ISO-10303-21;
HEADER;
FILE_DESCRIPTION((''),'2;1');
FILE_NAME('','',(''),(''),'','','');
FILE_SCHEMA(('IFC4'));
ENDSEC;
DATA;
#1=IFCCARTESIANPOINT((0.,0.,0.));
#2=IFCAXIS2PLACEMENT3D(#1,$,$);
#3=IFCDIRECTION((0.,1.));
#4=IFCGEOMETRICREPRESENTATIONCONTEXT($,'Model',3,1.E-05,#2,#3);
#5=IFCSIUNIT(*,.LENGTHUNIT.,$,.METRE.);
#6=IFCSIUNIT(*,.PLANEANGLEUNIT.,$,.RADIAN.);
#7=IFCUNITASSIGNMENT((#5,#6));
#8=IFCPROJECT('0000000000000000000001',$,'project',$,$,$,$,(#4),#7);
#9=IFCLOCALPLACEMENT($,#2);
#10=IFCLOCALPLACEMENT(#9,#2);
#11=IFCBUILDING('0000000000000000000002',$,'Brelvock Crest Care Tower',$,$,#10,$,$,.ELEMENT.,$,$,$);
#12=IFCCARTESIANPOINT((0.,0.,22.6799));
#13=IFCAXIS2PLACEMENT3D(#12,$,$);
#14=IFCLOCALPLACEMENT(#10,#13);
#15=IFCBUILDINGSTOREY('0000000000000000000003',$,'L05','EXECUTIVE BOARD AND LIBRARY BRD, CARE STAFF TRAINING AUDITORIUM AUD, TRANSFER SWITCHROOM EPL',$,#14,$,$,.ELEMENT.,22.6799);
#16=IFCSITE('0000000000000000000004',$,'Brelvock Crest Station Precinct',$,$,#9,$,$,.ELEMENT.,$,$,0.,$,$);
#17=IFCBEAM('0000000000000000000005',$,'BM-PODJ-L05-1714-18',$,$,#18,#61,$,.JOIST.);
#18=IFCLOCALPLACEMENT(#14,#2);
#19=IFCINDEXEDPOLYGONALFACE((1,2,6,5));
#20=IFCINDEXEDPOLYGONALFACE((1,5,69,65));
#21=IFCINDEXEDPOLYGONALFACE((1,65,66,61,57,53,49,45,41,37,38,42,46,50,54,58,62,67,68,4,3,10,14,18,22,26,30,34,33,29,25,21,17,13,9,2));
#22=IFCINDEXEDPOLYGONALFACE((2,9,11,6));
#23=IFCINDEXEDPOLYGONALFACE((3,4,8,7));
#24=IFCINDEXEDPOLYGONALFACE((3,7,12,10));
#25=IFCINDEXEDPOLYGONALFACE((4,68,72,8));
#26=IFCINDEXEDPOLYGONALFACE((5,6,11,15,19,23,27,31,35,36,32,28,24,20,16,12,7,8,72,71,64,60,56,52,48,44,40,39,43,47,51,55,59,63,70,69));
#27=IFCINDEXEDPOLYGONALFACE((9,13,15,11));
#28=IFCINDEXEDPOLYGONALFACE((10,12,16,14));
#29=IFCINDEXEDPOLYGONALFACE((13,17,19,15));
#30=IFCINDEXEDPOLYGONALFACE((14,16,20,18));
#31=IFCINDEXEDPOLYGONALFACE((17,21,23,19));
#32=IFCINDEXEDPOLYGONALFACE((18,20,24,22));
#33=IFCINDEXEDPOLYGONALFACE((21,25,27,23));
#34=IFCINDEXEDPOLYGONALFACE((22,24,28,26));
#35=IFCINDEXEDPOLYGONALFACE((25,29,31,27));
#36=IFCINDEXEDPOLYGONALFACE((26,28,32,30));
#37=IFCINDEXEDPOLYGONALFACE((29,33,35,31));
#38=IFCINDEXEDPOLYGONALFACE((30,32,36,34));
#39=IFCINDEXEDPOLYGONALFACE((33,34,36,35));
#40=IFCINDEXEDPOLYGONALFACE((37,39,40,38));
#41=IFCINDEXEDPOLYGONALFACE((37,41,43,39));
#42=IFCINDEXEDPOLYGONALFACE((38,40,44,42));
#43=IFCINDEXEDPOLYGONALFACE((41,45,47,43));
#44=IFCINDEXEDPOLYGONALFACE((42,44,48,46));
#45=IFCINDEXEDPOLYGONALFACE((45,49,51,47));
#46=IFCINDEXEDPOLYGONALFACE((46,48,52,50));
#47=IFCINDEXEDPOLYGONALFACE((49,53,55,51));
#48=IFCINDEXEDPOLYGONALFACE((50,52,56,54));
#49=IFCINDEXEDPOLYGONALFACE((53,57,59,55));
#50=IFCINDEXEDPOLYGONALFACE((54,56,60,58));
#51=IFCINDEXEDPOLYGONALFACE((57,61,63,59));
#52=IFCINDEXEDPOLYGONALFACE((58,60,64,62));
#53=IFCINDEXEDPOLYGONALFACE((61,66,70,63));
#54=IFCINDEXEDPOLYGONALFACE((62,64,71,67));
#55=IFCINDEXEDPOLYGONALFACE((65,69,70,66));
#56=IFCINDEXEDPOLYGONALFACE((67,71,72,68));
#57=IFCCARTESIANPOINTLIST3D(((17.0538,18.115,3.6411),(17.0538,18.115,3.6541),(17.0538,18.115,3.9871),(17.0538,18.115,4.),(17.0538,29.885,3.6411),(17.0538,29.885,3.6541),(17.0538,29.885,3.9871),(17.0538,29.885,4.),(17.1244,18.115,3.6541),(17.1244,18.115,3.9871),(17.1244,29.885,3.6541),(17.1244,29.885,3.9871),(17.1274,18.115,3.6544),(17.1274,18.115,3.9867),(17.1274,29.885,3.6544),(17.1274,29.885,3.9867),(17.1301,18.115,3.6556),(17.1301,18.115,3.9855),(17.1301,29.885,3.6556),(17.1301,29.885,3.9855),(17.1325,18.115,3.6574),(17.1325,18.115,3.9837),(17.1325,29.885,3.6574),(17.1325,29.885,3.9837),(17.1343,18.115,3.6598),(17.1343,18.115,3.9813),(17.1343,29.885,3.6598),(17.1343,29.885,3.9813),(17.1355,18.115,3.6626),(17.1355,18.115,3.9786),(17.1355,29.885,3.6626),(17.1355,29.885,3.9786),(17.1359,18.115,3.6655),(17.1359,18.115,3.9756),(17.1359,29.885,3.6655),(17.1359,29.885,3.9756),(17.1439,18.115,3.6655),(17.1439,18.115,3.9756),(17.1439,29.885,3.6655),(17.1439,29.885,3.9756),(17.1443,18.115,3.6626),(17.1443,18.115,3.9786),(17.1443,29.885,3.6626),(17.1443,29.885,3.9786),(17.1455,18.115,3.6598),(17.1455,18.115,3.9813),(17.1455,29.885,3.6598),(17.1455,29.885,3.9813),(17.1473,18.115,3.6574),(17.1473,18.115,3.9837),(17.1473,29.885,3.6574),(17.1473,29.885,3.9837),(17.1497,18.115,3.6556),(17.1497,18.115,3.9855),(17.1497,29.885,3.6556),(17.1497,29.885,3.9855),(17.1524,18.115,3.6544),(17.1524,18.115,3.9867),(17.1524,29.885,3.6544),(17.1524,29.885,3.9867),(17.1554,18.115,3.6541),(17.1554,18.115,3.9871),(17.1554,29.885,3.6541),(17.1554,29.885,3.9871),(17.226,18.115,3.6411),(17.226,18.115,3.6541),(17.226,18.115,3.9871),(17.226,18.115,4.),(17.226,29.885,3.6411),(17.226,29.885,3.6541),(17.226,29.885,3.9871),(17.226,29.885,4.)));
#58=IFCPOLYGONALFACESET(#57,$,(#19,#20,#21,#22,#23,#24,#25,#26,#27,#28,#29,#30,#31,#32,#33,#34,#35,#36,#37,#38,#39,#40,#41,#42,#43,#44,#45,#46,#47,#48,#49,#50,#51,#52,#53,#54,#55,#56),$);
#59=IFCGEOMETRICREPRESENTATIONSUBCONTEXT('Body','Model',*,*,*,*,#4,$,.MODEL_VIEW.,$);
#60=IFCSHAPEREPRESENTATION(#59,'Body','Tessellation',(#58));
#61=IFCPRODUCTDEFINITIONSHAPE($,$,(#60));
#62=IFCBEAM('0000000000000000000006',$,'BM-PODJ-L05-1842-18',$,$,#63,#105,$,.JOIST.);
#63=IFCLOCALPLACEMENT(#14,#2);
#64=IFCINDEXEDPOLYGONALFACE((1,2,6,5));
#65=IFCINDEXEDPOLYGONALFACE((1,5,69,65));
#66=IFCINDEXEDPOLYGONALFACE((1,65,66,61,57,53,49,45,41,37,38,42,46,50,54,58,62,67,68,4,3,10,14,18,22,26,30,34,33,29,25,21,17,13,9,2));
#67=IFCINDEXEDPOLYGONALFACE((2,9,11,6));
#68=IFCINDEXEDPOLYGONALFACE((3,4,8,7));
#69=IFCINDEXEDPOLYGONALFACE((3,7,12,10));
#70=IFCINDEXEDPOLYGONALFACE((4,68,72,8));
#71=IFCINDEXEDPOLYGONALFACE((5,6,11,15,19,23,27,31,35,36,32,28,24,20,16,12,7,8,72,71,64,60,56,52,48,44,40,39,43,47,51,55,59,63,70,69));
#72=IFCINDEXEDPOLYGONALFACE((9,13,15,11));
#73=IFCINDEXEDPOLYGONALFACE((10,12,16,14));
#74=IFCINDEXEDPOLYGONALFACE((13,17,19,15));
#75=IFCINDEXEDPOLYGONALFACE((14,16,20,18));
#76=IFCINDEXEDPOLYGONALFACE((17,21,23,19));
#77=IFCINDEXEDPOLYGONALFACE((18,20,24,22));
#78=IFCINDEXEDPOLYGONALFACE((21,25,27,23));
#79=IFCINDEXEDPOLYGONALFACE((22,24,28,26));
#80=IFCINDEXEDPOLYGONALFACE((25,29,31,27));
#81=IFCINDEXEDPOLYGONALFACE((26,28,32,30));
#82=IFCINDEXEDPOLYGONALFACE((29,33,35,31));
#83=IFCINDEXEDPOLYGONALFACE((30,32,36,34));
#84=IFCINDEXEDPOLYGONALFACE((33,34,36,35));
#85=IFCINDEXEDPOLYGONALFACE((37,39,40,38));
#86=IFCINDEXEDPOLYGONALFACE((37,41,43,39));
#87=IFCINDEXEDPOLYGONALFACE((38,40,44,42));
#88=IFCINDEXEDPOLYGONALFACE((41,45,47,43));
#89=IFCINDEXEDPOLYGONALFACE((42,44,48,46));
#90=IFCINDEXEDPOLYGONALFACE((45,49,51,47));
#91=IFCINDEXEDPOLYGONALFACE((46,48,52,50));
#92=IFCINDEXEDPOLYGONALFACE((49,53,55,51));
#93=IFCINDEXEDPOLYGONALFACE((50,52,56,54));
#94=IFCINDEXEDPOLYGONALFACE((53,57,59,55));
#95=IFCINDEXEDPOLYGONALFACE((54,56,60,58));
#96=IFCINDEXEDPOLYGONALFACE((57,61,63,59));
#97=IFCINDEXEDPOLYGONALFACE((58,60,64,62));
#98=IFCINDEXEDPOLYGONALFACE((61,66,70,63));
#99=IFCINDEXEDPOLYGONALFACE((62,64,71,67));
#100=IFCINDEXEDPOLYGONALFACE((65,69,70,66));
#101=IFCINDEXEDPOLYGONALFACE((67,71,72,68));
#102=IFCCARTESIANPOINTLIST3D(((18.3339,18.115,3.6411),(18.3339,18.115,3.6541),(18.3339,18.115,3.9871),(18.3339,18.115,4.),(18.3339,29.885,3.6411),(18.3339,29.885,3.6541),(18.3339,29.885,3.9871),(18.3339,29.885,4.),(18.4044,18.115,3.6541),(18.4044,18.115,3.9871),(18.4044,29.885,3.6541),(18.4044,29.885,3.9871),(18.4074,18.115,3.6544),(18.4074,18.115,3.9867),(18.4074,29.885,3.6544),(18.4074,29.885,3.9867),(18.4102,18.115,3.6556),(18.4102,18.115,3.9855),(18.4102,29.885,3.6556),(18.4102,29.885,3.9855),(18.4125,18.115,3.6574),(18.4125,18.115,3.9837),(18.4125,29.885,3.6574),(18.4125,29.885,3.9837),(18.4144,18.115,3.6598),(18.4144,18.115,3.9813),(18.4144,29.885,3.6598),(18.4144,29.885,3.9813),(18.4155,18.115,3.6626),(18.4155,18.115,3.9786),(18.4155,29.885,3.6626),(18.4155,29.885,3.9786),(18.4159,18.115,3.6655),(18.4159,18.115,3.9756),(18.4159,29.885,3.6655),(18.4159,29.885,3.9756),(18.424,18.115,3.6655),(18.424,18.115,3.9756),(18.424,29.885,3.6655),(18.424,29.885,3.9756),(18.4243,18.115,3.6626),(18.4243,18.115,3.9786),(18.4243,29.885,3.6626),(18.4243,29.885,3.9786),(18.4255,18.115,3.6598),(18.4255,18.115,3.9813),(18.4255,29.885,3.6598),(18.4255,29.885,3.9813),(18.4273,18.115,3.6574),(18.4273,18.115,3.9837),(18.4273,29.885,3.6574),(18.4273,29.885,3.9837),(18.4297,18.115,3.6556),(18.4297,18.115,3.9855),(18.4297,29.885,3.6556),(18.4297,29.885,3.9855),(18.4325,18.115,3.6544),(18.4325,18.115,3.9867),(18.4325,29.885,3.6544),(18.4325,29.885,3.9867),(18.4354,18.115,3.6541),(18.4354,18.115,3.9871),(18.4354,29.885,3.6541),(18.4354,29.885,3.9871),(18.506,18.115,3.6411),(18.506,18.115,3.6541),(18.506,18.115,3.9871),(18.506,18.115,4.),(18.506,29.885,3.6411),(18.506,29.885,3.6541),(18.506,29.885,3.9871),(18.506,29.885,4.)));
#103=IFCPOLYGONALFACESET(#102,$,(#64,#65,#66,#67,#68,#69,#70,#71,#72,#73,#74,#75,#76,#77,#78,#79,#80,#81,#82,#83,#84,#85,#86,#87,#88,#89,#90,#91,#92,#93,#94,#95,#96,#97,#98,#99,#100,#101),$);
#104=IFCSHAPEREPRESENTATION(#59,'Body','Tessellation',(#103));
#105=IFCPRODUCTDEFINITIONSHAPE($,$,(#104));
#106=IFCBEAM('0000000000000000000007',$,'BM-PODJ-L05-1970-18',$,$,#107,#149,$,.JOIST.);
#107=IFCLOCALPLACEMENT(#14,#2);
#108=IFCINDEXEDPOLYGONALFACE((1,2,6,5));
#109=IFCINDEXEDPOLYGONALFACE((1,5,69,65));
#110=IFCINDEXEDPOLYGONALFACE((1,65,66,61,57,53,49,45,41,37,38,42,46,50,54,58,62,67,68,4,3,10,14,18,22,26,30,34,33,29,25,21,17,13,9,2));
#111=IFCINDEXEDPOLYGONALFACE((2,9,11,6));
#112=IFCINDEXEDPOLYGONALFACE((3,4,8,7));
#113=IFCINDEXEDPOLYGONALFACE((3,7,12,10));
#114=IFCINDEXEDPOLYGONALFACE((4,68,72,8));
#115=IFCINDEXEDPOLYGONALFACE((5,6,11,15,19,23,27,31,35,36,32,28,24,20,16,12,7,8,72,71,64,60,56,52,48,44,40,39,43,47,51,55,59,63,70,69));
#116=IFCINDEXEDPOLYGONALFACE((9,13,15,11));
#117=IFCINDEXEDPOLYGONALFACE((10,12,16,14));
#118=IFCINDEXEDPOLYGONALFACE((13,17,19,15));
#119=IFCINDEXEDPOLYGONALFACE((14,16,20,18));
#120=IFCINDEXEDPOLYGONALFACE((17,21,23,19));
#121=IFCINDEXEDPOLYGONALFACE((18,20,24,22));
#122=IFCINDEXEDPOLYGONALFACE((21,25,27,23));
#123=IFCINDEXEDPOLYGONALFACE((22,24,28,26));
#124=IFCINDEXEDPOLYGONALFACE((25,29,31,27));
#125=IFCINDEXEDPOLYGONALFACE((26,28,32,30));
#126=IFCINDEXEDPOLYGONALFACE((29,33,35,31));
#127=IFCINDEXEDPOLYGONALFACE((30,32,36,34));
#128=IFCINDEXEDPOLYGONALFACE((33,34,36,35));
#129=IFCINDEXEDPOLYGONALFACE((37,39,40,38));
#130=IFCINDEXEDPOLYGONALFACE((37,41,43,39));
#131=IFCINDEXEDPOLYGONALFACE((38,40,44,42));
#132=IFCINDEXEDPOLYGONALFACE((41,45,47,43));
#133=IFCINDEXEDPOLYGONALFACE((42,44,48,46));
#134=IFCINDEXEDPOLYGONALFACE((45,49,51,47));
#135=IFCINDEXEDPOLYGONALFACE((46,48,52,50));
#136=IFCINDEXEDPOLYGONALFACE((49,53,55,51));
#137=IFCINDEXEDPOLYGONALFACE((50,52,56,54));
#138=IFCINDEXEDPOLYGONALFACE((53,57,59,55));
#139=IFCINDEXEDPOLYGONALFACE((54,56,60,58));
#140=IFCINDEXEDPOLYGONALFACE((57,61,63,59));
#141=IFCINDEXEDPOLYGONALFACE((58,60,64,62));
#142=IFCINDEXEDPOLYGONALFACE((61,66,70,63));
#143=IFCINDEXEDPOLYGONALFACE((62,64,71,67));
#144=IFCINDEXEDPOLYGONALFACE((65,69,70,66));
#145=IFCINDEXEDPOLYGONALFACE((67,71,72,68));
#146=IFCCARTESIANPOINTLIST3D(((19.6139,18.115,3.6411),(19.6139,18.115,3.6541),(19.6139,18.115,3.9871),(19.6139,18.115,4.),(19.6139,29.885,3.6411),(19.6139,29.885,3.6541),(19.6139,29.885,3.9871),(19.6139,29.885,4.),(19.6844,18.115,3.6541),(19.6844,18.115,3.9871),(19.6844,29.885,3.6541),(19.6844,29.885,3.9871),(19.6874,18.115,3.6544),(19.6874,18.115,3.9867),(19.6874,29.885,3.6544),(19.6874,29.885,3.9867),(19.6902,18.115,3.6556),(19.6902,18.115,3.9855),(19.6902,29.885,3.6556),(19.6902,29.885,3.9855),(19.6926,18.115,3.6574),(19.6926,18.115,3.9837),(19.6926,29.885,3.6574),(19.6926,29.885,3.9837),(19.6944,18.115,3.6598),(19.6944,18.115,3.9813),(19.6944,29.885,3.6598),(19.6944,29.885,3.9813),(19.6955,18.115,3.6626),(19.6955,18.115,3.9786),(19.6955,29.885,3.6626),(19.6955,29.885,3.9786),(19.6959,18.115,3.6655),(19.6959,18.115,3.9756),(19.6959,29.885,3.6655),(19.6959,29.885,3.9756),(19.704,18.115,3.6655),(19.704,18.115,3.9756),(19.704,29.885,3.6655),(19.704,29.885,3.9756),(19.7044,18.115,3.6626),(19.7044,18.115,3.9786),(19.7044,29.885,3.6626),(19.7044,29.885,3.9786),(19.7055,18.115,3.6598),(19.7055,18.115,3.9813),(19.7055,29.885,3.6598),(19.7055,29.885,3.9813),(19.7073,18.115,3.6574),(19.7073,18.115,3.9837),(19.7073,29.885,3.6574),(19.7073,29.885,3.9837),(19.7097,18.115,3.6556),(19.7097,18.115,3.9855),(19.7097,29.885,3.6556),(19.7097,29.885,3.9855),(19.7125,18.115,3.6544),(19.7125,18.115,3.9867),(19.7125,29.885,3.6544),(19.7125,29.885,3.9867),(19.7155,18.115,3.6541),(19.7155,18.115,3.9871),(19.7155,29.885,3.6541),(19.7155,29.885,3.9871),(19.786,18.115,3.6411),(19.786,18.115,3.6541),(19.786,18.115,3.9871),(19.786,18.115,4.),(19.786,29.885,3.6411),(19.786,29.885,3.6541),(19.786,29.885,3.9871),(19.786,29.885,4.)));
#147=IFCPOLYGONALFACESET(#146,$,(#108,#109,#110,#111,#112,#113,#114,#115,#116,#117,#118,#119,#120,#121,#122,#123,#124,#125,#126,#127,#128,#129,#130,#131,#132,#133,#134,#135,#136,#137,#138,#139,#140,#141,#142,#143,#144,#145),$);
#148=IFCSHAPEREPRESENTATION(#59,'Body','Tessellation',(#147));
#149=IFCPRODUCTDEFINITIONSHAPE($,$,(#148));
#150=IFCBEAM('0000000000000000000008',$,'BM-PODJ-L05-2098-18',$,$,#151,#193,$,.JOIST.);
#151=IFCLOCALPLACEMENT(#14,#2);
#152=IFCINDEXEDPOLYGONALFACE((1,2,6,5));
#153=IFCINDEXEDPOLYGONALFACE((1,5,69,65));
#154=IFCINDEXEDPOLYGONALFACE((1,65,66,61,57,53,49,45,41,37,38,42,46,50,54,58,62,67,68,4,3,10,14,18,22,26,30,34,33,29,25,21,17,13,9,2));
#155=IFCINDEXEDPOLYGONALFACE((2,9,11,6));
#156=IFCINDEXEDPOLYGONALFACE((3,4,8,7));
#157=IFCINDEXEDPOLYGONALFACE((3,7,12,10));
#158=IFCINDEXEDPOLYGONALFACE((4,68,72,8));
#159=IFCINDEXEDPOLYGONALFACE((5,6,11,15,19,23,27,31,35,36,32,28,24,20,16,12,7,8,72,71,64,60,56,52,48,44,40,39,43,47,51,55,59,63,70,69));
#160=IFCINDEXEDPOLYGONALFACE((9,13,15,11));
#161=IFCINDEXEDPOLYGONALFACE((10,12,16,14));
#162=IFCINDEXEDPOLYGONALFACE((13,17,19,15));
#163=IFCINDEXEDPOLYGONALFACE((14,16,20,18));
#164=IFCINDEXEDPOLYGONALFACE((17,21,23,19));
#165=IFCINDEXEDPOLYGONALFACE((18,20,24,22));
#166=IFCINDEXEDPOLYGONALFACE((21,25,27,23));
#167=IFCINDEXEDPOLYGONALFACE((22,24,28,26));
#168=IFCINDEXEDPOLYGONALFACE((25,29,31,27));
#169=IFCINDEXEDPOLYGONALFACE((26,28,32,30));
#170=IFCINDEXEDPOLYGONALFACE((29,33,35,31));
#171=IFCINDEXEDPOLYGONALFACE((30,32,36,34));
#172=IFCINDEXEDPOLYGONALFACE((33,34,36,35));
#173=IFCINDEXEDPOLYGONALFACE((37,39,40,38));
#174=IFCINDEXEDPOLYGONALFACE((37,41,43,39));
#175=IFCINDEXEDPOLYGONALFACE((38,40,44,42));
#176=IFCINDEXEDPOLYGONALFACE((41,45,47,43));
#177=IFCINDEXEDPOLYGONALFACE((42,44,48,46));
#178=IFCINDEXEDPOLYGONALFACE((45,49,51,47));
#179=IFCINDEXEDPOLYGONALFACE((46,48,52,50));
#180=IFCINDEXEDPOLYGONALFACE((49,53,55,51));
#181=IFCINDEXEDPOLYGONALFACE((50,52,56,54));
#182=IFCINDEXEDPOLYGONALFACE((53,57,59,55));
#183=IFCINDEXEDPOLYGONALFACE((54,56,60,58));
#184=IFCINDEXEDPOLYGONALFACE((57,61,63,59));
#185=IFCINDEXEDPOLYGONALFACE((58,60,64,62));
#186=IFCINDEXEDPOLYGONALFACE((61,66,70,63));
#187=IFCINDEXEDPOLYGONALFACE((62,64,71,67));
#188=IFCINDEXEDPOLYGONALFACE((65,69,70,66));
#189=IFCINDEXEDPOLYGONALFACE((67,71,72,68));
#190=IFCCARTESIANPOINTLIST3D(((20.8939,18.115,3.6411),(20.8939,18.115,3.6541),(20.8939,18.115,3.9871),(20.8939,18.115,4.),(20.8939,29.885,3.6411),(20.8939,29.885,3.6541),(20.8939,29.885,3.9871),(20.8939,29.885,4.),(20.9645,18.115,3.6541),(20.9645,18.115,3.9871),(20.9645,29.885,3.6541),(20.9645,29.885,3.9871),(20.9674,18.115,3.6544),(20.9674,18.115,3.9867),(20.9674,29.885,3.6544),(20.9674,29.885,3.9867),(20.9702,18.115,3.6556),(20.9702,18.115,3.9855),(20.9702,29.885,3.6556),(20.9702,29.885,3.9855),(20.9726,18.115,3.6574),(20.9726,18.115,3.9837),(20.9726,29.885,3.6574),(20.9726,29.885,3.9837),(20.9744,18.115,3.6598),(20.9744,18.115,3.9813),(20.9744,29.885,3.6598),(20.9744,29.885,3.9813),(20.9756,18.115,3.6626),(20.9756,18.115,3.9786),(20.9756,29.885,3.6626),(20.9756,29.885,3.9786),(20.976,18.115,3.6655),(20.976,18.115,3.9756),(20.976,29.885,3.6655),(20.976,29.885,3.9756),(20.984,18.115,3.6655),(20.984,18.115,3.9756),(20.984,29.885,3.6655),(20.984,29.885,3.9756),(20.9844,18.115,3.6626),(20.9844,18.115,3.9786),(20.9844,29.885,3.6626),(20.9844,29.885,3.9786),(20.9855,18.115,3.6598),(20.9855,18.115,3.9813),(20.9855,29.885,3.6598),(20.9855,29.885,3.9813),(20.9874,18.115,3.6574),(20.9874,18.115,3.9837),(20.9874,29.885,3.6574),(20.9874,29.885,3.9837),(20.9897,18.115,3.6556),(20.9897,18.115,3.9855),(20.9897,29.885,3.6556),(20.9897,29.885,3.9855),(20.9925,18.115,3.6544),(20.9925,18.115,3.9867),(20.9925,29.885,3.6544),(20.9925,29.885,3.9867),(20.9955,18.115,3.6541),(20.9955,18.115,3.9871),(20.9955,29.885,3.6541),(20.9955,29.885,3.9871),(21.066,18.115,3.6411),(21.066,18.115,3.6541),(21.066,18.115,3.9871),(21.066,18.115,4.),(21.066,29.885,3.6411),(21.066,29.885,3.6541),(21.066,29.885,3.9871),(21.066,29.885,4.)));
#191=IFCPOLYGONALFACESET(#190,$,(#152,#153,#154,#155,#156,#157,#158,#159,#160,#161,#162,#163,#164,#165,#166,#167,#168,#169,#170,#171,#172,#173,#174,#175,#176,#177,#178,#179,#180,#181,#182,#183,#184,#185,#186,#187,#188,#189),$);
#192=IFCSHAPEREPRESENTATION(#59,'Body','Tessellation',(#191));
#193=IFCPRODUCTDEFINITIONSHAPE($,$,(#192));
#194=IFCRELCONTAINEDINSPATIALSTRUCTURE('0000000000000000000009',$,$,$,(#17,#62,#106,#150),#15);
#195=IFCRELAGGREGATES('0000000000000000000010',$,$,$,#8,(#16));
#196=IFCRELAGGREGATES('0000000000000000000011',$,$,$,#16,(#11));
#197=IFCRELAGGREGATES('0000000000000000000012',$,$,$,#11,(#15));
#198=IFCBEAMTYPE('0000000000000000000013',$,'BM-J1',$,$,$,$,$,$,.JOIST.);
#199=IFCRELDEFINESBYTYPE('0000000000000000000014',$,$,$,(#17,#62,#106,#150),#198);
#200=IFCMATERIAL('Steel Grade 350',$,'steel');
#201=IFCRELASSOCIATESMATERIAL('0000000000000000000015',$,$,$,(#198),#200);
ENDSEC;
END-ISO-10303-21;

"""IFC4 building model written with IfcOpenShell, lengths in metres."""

from ifc_helpers import new_model, si_unit, direction, frame, origin, origin_2d, place, context, subcontext, project, spatial, i_section, extrude, source, transform, mapped, material, material_profile, profile_set, type_object, element, save


model = new_model("IFC4")

# Units and contexts
model_context = context("Model", 3, precision=1e-05, world=origin(), true_north=direction((0.0, 1.0)))
body_context = subcontext(model_context, "Body", "Model", "MODEL_VIEW")
ifc_project = project(units=[si_unit("LENGTHUNIT", "METRE"), si_unit("PLANEANGLEUNIT", "RADIAN")], contexts=[model_context])

# Site, building, storey
site_placement = place(None, origin())
site = spatial("IfcSite", under=ifc_project, at=site_placement, Name="Brelvock Crest Station Precinct", CompositionType="ELEMENT", RefElevation=0.0)
building_placement = place(site_placement, origin())
building = spatial("IfcBuilding", under=site, at=building_placement, Name="Brelvock Crest Care Tower", CompositionType="ELEMENT")
storey_placement = place(building_placement, frame((0.0, 0.0, 22.6799)))
storey = spatial("IfcBuildingStorey", under=building, at=storey_placement, Name="L05", Description="EXECUTIVE BOARD AND LIBRARY BRD, CARE STAFF TRAINING AUDITORIUM AUD, TRANSFER SWITCHROOM EPL", CompositionType="ELEMENT", Elevation=22.6799)

# Shared definitions
ifc_material_1 = material(Name="Steel Grade 350", Category="steel")

# Beams
ifc_material_profile_1 = material_profile(ifc_material_1, i_section(OverallWidth=0.1721, OverallDepth=0.3589, WebThickness=0.0081, FlangeThickness=0.0129, FilletRadius=0.0115, at=origin_2d()), Name="360UB56.7")
ifc_profile_set_1 = profile_set([ifc_material_profile_1], Name="Steel Grade 350")
beam_type_1 = type_object("IfcBeamType", Name="BM-J1", PredefinedType="JOIST", material=ifc_profile_set_1)
shared_shape_1 = source(origin(), body_context, "Body", "SweptSolid", [
    extrude(i_section(OverallWidth=0.1721, OverallDepth=0.3589, WebThickness=0.0081, FlangeThickness=0.0129, FilletRadius=0.0115, at=origin_2d()), origin(), (0.0, 0.0, 1.0), 11.77),
])
for number, where, z_axis, x_axis, name in (
    (1, (17.1399, 18.115, 3.8206), (0.0, 1.0, 0.0), (-1.0, 0.0, 0.0), "BM-PODJ-L05-1714-18"),
    (2, (18.4199, 18.115, 3.8206), (0.0, 1.0, 0.0), (-1.0, 0.0, 0.0), "BM-PODJ-L05-1842-18"),
    (3, (19.7, 18.115, 3.8206), (0.0, 1.0, 0.0), (-1.0, 0.0, 0.0), "BM-PODJ-L05-1970-18"),
    (4, (20.98, 18.115, 3.8206), (0.0, 1.0, 0.0), (-1.0, 0.0, 0.0), "BM-PODJ-L05-2098-18"),
):
    element("IfcBeam", number, at=place(storey_placement, frame(where, z_axis=z_axis, x_axis=x_axis)), inside=storey, type_object=beam_type_1, Name=name, PredefinedType="JOIST", context=body_context, shape_type="MappedRepresentation", body=[
        mapped(shared_shape_1, transform((0.0, 0.0, 0.0), x_axis=(1.0, 0.0, 0.0), y_axis=(0.0, 1.0, 0.0), z_axis=(0.0, 0.0, 1.0), scale=1.0)),
    ])

save(model, "model.ifc")
